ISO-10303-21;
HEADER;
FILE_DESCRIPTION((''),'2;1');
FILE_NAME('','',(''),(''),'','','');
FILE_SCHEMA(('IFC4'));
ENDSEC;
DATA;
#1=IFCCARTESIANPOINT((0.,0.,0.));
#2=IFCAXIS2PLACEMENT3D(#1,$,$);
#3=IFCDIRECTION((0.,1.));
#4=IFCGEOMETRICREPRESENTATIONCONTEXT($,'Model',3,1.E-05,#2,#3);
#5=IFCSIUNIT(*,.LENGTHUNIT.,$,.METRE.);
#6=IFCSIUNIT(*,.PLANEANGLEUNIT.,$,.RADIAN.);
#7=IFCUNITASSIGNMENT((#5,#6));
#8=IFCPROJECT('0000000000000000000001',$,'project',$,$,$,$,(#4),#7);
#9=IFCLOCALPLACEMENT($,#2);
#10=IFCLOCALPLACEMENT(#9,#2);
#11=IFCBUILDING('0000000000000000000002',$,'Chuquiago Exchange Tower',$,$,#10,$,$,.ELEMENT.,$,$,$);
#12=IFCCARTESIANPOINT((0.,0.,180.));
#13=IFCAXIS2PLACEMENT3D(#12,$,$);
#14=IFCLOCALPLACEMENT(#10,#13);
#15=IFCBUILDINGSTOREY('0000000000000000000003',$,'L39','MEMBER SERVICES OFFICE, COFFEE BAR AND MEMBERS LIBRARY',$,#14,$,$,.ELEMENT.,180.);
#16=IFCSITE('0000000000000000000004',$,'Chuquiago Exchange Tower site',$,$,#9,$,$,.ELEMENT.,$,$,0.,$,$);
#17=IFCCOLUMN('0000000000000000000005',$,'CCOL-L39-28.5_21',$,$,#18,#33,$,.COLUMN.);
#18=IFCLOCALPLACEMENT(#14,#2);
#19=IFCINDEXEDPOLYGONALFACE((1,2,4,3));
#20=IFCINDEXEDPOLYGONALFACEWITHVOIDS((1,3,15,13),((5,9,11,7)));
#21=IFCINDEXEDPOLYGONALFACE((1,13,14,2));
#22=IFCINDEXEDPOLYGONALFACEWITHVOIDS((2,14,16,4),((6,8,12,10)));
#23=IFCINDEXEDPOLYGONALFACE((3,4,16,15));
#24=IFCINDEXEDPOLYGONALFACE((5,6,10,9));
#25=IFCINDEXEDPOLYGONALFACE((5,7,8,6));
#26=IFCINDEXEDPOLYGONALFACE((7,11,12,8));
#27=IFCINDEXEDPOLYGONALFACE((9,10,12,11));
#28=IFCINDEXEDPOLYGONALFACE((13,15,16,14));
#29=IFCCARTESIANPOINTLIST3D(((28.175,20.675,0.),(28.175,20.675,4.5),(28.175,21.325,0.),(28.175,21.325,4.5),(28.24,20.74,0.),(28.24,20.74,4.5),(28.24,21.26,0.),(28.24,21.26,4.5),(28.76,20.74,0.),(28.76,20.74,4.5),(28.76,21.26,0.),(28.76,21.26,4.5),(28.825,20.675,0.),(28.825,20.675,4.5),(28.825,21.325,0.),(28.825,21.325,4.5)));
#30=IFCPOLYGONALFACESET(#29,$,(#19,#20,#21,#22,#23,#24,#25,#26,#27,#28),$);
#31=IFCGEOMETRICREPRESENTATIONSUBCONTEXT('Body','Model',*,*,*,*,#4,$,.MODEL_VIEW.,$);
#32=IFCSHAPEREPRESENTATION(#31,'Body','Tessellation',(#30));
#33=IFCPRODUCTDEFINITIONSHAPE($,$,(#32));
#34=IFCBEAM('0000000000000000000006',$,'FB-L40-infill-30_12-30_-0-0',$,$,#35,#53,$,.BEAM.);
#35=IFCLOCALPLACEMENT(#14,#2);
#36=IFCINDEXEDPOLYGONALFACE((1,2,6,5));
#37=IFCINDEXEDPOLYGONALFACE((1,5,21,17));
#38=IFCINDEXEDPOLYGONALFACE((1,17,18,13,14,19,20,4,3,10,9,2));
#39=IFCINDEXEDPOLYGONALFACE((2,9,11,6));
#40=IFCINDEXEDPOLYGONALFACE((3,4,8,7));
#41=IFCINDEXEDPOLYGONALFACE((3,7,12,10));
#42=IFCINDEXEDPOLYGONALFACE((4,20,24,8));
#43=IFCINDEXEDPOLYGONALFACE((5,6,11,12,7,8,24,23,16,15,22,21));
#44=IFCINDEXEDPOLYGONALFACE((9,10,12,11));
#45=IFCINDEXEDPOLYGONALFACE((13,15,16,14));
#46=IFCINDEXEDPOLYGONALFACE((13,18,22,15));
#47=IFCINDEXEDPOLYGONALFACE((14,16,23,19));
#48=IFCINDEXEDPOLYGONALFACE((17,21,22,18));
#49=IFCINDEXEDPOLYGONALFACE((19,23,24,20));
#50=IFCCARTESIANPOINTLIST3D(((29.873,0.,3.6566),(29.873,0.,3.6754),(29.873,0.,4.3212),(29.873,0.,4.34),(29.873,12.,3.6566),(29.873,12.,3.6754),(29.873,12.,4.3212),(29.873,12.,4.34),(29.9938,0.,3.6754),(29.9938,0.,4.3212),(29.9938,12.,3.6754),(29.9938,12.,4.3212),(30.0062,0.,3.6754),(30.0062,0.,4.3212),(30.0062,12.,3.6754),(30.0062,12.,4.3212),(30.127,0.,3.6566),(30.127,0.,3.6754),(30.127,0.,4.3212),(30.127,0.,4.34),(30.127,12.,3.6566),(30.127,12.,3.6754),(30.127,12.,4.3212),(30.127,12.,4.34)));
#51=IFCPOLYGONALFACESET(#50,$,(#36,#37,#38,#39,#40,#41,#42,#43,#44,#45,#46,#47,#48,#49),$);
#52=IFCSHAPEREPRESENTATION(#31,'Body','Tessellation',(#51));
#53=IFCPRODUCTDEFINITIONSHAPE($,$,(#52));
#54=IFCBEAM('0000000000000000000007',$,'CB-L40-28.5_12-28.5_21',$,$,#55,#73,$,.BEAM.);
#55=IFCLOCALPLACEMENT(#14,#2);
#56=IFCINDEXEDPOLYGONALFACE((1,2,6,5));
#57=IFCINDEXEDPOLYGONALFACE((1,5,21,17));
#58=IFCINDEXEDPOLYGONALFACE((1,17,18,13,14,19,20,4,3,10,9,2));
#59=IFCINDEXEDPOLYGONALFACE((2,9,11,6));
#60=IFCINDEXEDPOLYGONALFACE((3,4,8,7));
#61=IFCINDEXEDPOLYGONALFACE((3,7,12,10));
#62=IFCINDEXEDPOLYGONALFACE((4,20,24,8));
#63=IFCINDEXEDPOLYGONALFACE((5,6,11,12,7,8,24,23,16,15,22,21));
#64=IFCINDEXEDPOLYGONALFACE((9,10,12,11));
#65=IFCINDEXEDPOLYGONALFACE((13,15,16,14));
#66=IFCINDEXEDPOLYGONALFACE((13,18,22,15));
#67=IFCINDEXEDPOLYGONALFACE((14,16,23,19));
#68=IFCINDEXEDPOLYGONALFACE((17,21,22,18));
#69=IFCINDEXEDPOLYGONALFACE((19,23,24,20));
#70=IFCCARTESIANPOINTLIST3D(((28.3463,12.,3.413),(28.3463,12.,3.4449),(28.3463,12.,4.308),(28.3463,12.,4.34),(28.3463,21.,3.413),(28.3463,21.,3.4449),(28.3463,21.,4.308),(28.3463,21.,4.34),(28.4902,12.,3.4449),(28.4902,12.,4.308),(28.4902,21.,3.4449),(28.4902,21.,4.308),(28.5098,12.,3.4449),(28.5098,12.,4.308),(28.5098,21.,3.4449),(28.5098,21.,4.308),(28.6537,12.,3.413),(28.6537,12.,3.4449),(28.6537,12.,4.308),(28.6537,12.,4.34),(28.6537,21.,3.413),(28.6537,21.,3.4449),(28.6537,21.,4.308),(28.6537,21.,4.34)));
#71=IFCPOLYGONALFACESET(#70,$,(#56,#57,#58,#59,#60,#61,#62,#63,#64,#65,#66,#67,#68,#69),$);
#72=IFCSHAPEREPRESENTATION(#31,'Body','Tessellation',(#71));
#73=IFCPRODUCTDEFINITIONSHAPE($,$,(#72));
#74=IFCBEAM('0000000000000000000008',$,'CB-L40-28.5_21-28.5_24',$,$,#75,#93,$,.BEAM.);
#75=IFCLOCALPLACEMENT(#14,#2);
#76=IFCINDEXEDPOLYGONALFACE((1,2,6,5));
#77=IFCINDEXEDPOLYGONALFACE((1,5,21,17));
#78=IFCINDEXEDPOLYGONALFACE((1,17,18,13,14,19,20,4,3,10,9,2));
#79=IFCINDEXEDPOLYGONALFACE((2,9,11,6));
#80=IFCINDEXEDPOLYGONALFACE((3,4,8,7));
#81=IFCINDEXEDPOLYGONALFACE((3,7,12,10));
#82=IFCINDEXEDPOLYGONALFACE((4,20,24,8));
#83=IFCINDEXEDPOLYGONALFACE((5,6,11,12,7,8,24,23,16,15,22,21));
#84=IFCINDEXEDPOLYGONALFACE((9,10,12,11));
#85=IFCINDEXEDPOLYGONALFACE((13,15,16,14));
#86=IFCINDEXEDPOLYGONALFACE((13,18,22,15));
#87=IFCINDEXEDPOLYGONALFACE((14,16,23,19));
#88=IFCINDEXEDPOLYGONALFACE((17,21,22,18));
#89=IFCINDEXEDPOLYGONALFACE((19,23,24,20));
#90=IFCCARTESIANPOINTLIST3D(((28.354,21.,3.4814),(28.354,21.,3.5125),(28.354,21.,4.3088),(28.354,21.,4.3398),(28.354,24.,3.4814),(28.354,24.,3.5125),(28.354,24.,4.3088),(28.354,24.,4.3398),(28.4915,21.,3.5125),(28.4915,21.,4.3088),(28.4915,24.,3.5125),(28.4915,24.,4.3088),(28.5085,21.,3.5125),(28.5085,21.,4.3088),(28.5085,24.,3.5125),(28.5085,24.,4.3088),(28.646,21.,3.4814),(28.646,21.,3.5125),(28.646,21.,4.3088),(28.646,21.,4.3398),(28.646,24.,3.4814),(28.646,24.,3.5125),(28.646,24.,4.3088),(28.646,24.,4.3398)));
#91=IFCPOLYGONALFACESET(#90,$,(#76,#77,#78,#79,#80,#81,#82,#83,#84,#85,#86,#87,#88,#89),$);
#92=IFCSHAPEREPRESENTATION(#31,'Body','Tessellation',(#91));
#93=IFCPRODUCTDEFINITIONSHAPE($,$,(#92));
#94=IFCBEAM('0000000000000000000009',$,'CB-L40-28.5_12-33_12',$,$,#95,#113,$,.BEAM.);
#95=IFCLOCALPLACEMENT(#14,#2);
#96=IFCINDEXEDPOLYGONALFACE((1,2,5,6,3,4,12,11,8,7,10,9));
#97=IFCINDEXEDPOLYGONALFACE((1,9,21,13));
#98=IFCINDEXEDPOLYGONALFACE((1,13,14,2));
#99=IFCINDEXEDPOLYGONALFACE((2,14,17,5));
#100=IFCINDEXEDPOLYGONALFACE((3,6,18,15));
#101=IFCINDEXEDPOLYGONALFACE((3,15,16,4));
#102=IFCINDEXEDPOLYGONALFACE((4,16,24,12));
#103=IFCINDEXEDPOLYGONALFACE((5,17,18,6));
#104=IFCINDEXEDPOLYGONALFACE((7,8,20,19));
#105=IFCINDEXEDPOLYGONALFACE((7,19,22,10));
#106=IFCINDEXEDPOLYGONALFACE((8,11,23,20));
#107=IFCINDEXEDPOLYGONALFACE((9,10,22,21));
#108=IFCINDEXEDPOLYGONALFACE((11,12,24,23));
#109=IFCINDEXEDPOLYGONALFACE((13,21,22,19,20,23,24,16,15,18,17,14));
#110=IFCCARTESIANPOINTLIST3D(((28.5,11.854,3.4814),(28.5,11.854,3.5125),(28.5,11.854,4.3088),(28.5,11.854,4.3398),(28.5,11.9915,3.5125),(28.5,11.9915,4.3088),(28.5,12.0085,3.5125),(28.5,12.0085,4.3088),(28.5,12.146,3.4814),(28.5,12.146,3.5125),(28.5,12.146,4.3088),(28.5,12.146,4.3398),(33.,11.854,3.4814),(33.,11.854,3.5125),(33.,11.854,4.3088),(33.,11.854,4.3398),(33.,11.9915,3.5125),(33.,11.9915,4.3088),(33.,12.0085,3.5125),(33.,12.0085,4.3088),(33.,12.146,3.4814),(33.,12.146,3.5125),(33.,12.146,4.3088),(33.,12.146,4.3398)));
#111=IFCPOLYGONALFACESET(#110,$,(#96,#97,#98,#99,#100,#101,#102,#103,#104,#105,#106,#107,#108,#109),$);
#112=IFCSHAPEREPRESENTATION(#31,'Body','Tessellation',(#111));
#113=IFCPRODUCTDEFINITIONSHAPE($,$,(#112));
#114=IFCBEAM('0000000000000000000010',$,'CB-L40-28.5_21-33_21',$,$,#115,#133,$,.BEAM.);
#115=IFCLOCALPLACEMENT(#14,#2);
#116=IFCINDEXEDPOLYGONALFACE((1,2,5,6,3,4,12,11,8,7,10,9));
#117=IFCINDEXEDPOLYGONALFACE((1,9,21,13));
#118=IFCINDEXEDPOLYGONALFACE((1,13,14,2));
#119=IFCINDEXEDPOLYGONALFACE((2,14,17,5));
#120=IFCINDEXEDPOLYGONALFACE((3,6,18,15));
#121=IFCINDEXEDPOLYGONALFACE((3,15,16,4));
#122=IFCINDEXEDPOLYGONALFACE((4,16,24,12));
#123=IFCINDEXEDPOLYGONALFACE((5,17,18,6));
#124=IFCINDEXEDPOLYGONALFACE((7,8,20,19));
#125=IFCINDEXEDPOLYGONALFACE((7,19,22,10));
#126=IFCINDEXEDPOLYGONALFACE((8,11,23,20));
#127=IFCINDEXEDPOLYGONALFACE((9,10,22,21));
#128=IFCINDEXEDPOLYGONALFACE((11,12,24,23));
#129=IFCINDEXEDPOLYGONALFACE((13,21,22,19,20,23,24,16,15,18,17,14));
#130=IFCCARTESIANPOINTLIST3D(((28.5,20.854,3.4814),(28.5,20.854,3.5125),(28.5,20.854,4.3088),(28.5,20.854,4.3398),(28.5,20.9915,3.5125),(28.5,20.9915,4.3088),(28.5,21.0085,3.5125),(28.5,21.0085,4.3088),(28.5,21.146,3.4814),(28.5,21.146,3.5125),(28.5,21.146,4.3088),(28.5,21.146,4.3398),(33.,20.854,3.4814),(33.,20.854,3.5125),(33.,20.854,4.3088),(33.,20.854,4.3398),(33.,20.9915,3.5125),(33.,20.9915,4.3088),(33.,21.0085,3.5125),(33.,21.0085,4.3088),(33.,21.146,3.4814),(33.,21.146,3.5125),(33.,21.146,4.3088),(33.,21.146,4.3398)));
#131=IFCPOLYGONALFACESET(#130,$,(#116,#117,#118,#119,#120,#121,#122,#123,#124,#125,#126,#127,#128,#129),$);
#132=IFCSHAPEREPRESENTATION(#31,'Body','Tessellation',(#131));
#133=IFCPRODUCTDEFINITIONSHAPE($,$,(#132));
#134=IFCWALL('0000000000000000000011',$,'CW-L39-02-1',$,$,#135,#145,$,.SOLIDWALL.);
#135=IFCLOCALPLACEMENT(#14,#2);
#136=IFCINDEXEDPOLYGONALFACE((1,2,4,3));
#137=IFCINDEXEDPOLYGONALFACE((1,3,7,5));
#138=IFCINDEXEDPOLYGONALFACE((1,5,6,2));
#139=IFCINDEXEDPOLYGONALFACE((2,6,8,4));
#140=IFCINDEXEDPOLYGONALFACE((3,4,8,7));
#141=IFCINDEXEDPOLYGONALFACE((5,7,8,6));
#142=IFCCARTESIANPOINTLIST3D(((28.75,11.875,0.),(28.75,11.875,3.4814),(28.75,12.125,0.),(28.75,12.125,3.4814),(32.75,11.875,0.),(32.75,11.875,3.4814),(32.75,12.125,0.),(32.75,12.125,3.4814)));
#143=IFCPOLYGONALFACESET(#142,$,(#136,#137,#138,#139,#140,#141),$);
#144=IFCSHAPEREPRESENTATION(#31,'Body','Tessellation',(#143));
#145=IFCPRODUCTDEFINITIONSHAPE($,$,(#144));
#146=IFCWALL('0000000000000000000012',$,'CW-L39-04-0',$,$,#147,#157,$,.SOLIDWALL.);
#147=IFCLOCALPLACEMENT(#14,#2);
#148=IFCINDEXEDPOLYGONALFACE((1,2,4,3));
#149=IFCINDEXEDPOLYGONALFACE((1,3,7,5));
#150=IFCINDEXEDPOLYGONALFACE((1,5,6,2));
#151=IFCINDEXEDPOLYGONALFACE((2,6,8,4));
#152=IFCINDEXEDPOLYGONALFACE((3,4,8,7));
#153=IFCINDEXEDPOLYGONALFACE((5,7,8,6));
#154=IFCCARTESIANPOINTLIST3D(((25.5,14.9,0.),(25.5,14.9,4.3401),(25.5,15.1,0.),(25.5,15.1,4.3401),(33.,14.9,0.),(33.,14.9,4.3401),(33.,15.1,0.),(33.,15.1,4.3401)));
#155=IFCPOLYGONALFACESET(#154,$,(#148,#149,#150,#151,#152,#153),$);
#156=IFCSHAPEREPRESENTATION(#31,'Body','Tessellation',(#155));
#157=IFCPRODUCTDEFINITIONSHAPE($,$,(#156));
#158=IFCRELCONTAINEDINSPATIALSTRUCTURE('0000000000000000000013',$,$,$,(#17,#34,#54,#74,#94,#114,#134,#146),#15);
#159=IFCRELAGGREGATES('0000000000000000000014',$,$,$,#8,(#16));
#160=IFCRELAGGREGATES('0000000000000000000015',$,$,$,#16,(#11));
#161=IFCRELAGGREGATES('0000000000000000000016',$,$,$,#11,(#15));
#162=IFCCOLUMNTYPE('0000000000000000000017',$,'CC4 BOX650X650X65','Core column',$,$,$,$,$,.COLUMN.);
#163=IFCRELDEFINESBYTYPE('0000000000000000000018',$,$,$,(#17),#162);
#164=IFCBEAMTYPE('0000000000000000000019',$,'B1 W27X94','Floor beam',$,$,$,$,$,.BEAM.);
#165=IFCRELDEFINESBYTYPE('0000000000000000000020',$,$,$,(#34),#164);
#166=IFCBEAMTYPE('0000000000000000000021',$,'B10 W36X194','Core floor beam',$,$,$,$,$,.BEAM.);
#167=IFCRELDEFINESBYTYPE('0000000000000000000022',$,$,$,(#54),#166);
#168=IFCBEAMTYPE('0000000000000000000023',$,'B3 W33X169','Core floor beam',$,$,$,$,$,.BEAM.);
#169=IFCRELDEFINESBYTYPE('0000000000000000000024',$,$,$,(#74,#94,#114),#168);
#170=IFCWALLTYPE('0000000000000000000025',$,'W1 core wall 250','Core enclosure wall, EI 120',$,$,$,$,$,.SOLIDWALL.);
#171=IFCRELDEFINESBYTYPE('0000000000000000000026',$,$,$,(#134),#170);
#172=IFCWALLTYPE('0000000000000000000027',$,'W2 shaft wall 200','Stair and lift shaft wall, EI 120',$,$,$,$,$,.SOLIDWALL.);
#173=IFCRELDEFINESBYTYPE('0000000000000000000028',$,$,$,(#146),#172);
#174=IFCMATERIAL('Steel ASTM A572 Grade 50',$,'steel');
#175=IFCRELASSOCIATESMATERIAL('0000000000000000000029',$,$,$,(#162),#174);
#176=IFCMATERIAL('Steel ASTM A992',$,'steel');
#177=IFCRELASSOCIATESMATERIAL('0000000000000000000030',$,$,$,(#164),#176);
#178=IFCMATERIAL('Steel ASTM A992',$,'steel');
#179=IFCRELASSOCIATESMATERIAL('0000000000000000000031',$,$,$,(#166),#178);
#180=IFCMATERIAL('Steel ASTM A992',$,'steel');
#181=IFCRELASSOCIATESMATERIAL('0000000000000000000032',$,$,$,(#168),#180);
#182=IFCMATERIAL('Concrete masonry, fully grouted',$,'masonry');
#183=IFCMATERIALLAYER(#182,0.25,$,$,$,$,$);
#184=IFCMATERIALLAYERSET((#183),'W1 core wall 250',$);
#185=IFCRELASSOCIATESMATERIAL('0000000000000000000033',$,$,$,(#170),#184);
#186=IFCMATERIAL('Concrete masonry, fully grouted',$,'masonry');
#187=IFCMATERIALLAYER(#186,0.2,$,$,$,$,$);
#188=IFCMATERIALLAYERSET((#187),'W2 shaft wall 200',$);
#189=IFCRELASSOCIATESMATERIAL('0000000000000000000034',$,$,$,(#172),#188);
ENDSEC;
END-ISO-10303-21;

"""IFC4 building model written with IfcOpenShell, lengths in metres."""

from ifc_helpers import new_model, si_unit, direction, frame, frame_2d, origin, origin_2d, place, context, subcontext, project, spatial, rectangle, hollow_rectangle, i_section, extrude, material, layer, layer_set, material_profile, profile_set, type_object, element, save


model = new_model("IFC4")

# Units and contexts
model_context = context("Model", 3, precision=1e-05, world=origin(), true_north=direction((0.0, 1.0)))
body_context = subcontext(model_context, "Body", "Model", "MODEL_VIEW")
ifc_project = project(units=[si_unit("LENGTHUNIT", "METRE"), si_unit("PLANEANGLEUNIT", "RADIAN")], contexts=[model_context])

# Site, building, storey
site_placement = place(None, origin())
site = spatial("IfcSite", under=ifc_project, at=site_placement, Name="Chuquiago Exchange Tower site", CompositionType="ELEMENT", RefElevation=0.0)
building_placement = place(site_placement, origin())
building = spatial("IfcBuilding", under=site, at=building_placement, Name="Chuquiago Exchange Tower", CompositionType="ELEMENT")
storey_placement = place(building_placement, frame((0.0, 0.0, 180.0)))
storey = spatial("IfcBuildingStorey", under=building, at=storey_placement, Name="L39", Description="MEMBER SERVICES OFFICE, COFFEE BAR AND MEMBERS LIBRARY", CompositionType="ELEMENT", Elevation=180.0)

# Column
ifc_material_1 = material(Name="Steel ASTM A572 Grade 50", Category="steel")
ifc_material_profile_1 = material_profile(ifc_material_1, hollow_rectangle(XDim=0.6499, YDim=0.6499, WallThickness=0.0649, at=origin_2d()), Name="BOX650X650X65")
ifc_profile_set_1 = profile_set([ifc_material_profile_1], Name="Steel ASTM A572 Grade 50")
column_type = type_object("IfcColumnType", Name="CC4 BOX650X650X65", Description="Core column", PredefinedType="COLUMN", material=ifc_profile_set_1)
column_placement = place(storey_placement, frame((28.5, 21.0, 0.0), z_axis=(0.0, 0.0, 1.0), x_axis=(1.0, 0.0, 0.0)))
element("IfcColumn", 1, at=column_placement, inside=storey, type_object=column_type, Name="CCOL-L39-28.5_21", PredefinedType="COLUMN", context=body_context, shape_type="SweptSolid", body=[
    extrude(hollow_rectangle(XDim=0.6499, YDim=0.6499, WallThickness=0.0649, at=origin_2d()), origin(), (0.0, 0.0, 1.0), 4.5),
])

# Beams
ifc_material_2 = material(Name="Steel ASTM A992", Category="steel")
ifc_material_profile_2 = material_profile(ifc_material_2, i_section(OverallWidth=0.2539, OverallDepth=0.6833, WebThickness=0.0125, FlangeThickness=0.0188, at=origin_2d()), Name="W27X94")
ifc_profile_set_2 = profile_set([ifc_material_profile_2], Name="Steel ASTM A992")
beam_type_1 = type_object("IfcBeamType", Name="B1 W27X94", Description="Floor beam", PredefinedType="BEAM", material=ifc_profile_set_2)
beam_1_placement = place(storey_placement, frame((30.0, 12.0, 3.9983), z_axis=(0.0, -1.0, 0.0), x_axis=(1.0, 0.0, 0.0)))
element("IfcBeam", 2, at=beam_1_placement, inside=storey, type_object=beam_type_1, Name="FB-L40-infill-30_12-30_-0-0", PredefinedType="BEAM", context=body_context, shape_type="SweptSolid", body=[
    extrude(i_section(OverallWidth=0.2539, OverallDepth=0.6833, WebThickness=0.0125, FlangeThickness=0.0188, at=origin_2d()), origin(), (0.0, 0.0, 1.0), 12.0),
])
ifc_material_3 = material(Name="Steel ASTM A992", Category="steel")
ifc_material_profile_3 = material_profile(ifc_material_3, i_section(OverallWidth=0.3074, OverallDepth=0.927, WebThickness=0.0195, FlangeThickness=0.032, at=origin_2d()), Name="W36X194")
ifc_profile_set_3 = profile_set([ifc_material_profile_3], Name="Steel ASTM A992")
beam_type_2 = type_object("IfcBeamType", Name="B10 W36X194", Description="Core floor beam", PredefinedType="BEAM", material=ifc_profile_set_3)
beam_2_placement = place(storey_placement, frame((28.5, 12.0, 3.8765), z_axis=(0.0, 1.0, 0.0), x_axis=(-1.0, 0.0, 0.0)))
element("IfcBeam", 3, at=beam_2_placement, inside=storey, type_object=beam_type_2, Name="CB-L40-28.5_12-28.5_21", PredefinedType="BEAM", context=body_context, shape_type="SweptSolid", body=[
    extrude(i_section(OverallWidth=0.3074, OverallDepth=0.927, WebThickness=0.0195, FlangeThickness=0.032, at=origin_2d()), origin(), (0.0, 0.0, 1.0), 9.0),
])
ifc_material_4 = material(Name="Steel ASTM A992", Category="steel")
ifc_material_profile_4 = material_profile(ifc_material_4, i_section(OverallWidth=0.292, OverallDepth=0.8584, WebThickness=0.0171, FlangeThickness=0.031, at=origin_2d()), Name="W33X169")
ifc_profile_set_4 = profile_set([ifc_material_profile_4], Name="Steel ASTM A992")
beam_type_3 = type_object("IfcBeamType", Name="B3 W33X169", Description="Core floor beam", PredefinedType="BEAM", material=ifc_profile_set_4)
beam_3_placement = place(storey_placement, frame((28.5, 21.0, 3.9106), z_axis=(0.0, 1.0, 0.0), x_axis=(-1.0, 0.0, 0.0)))
element("IfcBeam", 4, at=beam_3_placement, inside=storey, type_object=beam_type_3, Name="CB-L40-28.5_21-28.5_24", PredefinedType="BEAM", context=body_context, shape_type="SweptSolid", body=[
    extrude(i_section(OverallWidth=0.292, OverallDepth=0.8584, WebThickness=0.0171, FlangeThickness=0.031, at=origin_2d()), origin(), (0.0, 0.0, 1.0), 3.0),
])
for number, where, z_axis, x_axis, name in (
    (5, (28.5, 12.0, 3.9106), (1.0, 0.0, 0.0), (0.0, 1.0, 0.0), "CB-L40-28.5_12-33_12"),
    (6, (28.5, 21.0, 3.9106), (1.0, 0.0, 0.0), (0.0, 1.0, 0.0), "CB-L40-28.5_21-33_21"),
):
    element("IfcBeam", number, at=place(storey_placement, frame(where, z_axis=z_axis, x_axis=x_axis)), inside=storey, type_object=beam_type_3, Name=name, PredefinedType="BEAM", context=body_context, shape_type="SweptSolid", body=[
        extrude(i_section(OverallWidth=0.292, OverallDepth=0.8584, WebThickness=0.0171, FlangeThickness=0.031, at=origin_2d()), origin(), (0.0, 0.0, 1.0), 4.5),
    ])

# Walls
ifc_material_5 = material(Name="Concrete masonry, fully grouted", Category="masonry")
ifc_layer_1 = layer(ifc_material_5, 0.25)
ifc_layer_set_1 = layer_set([ifc_layer_1], Name="W1 core wall 250")
wall_type_1 = type_object("IfcWallType", Name="W1 core wall 250", Description="Core enclosure wall, EI 120", PredefinedType="SOLIDWALL", material=ifc_layer_set_1)
wall_1_placement = place(storey_placement, frame((28.75, 12.0, 0.0), z_axis=(0.0, 0.0, 1.0), x_axis=(1.0, 0.0, 0.0)))
element("IfcWall", 7, at=wall_1_placement, inside=storey, type_object=wall_type_1, Name="CW-L39-02-1", PredefinedType="SOLIDWALL", context=body_context, shape_type="SweptSolid", body=[
    extrude(rectangle(XDim=4.0, YDim=0.25, at=frame_2d((2.0, 0.0))), origin(), (0.0, 0.0, 1.0), 3.4814),
])
ifc_material_6 = material(Name="Concrete masonry, fully grouted", Category="masonry")
ifc_layer_2 = layer(ifc_material_6, 0.2)
ifc_layer_set_2 = layer_set([ifc_layer_2], Name="W2 shaft wall 200")
wall_type_2 = type_object("IfcWallType", Name="W2 shaft wall 200", Description="Stair and lift shaft wall, EI 120", PredefinedType="SOLIDWALL", material=ifc_layer_set_2)
wall_2_placement = place(storey_placement, frame((25.5, 15.0, 0.0), z_axis=(0.0, 0.0, 1.0), x_axis=(1.0, 0.0, 0.0)))
element("IfcWall", 8, at=wall_2_placement, inside=storey, type_object=wall_type_2, Name="CW-L39-04-0", PredefinedType="SOLIDWALL", context=body_context, shape_type="SweptSolid", body=[
    extrude(rectangle(XDim=7.5, YDim=0.2, at=frame_2d((3.75, 0.0))), origin(), (0.0, 0.0, 1.0), 4.3401),
])

save(model, "model.ifc")
